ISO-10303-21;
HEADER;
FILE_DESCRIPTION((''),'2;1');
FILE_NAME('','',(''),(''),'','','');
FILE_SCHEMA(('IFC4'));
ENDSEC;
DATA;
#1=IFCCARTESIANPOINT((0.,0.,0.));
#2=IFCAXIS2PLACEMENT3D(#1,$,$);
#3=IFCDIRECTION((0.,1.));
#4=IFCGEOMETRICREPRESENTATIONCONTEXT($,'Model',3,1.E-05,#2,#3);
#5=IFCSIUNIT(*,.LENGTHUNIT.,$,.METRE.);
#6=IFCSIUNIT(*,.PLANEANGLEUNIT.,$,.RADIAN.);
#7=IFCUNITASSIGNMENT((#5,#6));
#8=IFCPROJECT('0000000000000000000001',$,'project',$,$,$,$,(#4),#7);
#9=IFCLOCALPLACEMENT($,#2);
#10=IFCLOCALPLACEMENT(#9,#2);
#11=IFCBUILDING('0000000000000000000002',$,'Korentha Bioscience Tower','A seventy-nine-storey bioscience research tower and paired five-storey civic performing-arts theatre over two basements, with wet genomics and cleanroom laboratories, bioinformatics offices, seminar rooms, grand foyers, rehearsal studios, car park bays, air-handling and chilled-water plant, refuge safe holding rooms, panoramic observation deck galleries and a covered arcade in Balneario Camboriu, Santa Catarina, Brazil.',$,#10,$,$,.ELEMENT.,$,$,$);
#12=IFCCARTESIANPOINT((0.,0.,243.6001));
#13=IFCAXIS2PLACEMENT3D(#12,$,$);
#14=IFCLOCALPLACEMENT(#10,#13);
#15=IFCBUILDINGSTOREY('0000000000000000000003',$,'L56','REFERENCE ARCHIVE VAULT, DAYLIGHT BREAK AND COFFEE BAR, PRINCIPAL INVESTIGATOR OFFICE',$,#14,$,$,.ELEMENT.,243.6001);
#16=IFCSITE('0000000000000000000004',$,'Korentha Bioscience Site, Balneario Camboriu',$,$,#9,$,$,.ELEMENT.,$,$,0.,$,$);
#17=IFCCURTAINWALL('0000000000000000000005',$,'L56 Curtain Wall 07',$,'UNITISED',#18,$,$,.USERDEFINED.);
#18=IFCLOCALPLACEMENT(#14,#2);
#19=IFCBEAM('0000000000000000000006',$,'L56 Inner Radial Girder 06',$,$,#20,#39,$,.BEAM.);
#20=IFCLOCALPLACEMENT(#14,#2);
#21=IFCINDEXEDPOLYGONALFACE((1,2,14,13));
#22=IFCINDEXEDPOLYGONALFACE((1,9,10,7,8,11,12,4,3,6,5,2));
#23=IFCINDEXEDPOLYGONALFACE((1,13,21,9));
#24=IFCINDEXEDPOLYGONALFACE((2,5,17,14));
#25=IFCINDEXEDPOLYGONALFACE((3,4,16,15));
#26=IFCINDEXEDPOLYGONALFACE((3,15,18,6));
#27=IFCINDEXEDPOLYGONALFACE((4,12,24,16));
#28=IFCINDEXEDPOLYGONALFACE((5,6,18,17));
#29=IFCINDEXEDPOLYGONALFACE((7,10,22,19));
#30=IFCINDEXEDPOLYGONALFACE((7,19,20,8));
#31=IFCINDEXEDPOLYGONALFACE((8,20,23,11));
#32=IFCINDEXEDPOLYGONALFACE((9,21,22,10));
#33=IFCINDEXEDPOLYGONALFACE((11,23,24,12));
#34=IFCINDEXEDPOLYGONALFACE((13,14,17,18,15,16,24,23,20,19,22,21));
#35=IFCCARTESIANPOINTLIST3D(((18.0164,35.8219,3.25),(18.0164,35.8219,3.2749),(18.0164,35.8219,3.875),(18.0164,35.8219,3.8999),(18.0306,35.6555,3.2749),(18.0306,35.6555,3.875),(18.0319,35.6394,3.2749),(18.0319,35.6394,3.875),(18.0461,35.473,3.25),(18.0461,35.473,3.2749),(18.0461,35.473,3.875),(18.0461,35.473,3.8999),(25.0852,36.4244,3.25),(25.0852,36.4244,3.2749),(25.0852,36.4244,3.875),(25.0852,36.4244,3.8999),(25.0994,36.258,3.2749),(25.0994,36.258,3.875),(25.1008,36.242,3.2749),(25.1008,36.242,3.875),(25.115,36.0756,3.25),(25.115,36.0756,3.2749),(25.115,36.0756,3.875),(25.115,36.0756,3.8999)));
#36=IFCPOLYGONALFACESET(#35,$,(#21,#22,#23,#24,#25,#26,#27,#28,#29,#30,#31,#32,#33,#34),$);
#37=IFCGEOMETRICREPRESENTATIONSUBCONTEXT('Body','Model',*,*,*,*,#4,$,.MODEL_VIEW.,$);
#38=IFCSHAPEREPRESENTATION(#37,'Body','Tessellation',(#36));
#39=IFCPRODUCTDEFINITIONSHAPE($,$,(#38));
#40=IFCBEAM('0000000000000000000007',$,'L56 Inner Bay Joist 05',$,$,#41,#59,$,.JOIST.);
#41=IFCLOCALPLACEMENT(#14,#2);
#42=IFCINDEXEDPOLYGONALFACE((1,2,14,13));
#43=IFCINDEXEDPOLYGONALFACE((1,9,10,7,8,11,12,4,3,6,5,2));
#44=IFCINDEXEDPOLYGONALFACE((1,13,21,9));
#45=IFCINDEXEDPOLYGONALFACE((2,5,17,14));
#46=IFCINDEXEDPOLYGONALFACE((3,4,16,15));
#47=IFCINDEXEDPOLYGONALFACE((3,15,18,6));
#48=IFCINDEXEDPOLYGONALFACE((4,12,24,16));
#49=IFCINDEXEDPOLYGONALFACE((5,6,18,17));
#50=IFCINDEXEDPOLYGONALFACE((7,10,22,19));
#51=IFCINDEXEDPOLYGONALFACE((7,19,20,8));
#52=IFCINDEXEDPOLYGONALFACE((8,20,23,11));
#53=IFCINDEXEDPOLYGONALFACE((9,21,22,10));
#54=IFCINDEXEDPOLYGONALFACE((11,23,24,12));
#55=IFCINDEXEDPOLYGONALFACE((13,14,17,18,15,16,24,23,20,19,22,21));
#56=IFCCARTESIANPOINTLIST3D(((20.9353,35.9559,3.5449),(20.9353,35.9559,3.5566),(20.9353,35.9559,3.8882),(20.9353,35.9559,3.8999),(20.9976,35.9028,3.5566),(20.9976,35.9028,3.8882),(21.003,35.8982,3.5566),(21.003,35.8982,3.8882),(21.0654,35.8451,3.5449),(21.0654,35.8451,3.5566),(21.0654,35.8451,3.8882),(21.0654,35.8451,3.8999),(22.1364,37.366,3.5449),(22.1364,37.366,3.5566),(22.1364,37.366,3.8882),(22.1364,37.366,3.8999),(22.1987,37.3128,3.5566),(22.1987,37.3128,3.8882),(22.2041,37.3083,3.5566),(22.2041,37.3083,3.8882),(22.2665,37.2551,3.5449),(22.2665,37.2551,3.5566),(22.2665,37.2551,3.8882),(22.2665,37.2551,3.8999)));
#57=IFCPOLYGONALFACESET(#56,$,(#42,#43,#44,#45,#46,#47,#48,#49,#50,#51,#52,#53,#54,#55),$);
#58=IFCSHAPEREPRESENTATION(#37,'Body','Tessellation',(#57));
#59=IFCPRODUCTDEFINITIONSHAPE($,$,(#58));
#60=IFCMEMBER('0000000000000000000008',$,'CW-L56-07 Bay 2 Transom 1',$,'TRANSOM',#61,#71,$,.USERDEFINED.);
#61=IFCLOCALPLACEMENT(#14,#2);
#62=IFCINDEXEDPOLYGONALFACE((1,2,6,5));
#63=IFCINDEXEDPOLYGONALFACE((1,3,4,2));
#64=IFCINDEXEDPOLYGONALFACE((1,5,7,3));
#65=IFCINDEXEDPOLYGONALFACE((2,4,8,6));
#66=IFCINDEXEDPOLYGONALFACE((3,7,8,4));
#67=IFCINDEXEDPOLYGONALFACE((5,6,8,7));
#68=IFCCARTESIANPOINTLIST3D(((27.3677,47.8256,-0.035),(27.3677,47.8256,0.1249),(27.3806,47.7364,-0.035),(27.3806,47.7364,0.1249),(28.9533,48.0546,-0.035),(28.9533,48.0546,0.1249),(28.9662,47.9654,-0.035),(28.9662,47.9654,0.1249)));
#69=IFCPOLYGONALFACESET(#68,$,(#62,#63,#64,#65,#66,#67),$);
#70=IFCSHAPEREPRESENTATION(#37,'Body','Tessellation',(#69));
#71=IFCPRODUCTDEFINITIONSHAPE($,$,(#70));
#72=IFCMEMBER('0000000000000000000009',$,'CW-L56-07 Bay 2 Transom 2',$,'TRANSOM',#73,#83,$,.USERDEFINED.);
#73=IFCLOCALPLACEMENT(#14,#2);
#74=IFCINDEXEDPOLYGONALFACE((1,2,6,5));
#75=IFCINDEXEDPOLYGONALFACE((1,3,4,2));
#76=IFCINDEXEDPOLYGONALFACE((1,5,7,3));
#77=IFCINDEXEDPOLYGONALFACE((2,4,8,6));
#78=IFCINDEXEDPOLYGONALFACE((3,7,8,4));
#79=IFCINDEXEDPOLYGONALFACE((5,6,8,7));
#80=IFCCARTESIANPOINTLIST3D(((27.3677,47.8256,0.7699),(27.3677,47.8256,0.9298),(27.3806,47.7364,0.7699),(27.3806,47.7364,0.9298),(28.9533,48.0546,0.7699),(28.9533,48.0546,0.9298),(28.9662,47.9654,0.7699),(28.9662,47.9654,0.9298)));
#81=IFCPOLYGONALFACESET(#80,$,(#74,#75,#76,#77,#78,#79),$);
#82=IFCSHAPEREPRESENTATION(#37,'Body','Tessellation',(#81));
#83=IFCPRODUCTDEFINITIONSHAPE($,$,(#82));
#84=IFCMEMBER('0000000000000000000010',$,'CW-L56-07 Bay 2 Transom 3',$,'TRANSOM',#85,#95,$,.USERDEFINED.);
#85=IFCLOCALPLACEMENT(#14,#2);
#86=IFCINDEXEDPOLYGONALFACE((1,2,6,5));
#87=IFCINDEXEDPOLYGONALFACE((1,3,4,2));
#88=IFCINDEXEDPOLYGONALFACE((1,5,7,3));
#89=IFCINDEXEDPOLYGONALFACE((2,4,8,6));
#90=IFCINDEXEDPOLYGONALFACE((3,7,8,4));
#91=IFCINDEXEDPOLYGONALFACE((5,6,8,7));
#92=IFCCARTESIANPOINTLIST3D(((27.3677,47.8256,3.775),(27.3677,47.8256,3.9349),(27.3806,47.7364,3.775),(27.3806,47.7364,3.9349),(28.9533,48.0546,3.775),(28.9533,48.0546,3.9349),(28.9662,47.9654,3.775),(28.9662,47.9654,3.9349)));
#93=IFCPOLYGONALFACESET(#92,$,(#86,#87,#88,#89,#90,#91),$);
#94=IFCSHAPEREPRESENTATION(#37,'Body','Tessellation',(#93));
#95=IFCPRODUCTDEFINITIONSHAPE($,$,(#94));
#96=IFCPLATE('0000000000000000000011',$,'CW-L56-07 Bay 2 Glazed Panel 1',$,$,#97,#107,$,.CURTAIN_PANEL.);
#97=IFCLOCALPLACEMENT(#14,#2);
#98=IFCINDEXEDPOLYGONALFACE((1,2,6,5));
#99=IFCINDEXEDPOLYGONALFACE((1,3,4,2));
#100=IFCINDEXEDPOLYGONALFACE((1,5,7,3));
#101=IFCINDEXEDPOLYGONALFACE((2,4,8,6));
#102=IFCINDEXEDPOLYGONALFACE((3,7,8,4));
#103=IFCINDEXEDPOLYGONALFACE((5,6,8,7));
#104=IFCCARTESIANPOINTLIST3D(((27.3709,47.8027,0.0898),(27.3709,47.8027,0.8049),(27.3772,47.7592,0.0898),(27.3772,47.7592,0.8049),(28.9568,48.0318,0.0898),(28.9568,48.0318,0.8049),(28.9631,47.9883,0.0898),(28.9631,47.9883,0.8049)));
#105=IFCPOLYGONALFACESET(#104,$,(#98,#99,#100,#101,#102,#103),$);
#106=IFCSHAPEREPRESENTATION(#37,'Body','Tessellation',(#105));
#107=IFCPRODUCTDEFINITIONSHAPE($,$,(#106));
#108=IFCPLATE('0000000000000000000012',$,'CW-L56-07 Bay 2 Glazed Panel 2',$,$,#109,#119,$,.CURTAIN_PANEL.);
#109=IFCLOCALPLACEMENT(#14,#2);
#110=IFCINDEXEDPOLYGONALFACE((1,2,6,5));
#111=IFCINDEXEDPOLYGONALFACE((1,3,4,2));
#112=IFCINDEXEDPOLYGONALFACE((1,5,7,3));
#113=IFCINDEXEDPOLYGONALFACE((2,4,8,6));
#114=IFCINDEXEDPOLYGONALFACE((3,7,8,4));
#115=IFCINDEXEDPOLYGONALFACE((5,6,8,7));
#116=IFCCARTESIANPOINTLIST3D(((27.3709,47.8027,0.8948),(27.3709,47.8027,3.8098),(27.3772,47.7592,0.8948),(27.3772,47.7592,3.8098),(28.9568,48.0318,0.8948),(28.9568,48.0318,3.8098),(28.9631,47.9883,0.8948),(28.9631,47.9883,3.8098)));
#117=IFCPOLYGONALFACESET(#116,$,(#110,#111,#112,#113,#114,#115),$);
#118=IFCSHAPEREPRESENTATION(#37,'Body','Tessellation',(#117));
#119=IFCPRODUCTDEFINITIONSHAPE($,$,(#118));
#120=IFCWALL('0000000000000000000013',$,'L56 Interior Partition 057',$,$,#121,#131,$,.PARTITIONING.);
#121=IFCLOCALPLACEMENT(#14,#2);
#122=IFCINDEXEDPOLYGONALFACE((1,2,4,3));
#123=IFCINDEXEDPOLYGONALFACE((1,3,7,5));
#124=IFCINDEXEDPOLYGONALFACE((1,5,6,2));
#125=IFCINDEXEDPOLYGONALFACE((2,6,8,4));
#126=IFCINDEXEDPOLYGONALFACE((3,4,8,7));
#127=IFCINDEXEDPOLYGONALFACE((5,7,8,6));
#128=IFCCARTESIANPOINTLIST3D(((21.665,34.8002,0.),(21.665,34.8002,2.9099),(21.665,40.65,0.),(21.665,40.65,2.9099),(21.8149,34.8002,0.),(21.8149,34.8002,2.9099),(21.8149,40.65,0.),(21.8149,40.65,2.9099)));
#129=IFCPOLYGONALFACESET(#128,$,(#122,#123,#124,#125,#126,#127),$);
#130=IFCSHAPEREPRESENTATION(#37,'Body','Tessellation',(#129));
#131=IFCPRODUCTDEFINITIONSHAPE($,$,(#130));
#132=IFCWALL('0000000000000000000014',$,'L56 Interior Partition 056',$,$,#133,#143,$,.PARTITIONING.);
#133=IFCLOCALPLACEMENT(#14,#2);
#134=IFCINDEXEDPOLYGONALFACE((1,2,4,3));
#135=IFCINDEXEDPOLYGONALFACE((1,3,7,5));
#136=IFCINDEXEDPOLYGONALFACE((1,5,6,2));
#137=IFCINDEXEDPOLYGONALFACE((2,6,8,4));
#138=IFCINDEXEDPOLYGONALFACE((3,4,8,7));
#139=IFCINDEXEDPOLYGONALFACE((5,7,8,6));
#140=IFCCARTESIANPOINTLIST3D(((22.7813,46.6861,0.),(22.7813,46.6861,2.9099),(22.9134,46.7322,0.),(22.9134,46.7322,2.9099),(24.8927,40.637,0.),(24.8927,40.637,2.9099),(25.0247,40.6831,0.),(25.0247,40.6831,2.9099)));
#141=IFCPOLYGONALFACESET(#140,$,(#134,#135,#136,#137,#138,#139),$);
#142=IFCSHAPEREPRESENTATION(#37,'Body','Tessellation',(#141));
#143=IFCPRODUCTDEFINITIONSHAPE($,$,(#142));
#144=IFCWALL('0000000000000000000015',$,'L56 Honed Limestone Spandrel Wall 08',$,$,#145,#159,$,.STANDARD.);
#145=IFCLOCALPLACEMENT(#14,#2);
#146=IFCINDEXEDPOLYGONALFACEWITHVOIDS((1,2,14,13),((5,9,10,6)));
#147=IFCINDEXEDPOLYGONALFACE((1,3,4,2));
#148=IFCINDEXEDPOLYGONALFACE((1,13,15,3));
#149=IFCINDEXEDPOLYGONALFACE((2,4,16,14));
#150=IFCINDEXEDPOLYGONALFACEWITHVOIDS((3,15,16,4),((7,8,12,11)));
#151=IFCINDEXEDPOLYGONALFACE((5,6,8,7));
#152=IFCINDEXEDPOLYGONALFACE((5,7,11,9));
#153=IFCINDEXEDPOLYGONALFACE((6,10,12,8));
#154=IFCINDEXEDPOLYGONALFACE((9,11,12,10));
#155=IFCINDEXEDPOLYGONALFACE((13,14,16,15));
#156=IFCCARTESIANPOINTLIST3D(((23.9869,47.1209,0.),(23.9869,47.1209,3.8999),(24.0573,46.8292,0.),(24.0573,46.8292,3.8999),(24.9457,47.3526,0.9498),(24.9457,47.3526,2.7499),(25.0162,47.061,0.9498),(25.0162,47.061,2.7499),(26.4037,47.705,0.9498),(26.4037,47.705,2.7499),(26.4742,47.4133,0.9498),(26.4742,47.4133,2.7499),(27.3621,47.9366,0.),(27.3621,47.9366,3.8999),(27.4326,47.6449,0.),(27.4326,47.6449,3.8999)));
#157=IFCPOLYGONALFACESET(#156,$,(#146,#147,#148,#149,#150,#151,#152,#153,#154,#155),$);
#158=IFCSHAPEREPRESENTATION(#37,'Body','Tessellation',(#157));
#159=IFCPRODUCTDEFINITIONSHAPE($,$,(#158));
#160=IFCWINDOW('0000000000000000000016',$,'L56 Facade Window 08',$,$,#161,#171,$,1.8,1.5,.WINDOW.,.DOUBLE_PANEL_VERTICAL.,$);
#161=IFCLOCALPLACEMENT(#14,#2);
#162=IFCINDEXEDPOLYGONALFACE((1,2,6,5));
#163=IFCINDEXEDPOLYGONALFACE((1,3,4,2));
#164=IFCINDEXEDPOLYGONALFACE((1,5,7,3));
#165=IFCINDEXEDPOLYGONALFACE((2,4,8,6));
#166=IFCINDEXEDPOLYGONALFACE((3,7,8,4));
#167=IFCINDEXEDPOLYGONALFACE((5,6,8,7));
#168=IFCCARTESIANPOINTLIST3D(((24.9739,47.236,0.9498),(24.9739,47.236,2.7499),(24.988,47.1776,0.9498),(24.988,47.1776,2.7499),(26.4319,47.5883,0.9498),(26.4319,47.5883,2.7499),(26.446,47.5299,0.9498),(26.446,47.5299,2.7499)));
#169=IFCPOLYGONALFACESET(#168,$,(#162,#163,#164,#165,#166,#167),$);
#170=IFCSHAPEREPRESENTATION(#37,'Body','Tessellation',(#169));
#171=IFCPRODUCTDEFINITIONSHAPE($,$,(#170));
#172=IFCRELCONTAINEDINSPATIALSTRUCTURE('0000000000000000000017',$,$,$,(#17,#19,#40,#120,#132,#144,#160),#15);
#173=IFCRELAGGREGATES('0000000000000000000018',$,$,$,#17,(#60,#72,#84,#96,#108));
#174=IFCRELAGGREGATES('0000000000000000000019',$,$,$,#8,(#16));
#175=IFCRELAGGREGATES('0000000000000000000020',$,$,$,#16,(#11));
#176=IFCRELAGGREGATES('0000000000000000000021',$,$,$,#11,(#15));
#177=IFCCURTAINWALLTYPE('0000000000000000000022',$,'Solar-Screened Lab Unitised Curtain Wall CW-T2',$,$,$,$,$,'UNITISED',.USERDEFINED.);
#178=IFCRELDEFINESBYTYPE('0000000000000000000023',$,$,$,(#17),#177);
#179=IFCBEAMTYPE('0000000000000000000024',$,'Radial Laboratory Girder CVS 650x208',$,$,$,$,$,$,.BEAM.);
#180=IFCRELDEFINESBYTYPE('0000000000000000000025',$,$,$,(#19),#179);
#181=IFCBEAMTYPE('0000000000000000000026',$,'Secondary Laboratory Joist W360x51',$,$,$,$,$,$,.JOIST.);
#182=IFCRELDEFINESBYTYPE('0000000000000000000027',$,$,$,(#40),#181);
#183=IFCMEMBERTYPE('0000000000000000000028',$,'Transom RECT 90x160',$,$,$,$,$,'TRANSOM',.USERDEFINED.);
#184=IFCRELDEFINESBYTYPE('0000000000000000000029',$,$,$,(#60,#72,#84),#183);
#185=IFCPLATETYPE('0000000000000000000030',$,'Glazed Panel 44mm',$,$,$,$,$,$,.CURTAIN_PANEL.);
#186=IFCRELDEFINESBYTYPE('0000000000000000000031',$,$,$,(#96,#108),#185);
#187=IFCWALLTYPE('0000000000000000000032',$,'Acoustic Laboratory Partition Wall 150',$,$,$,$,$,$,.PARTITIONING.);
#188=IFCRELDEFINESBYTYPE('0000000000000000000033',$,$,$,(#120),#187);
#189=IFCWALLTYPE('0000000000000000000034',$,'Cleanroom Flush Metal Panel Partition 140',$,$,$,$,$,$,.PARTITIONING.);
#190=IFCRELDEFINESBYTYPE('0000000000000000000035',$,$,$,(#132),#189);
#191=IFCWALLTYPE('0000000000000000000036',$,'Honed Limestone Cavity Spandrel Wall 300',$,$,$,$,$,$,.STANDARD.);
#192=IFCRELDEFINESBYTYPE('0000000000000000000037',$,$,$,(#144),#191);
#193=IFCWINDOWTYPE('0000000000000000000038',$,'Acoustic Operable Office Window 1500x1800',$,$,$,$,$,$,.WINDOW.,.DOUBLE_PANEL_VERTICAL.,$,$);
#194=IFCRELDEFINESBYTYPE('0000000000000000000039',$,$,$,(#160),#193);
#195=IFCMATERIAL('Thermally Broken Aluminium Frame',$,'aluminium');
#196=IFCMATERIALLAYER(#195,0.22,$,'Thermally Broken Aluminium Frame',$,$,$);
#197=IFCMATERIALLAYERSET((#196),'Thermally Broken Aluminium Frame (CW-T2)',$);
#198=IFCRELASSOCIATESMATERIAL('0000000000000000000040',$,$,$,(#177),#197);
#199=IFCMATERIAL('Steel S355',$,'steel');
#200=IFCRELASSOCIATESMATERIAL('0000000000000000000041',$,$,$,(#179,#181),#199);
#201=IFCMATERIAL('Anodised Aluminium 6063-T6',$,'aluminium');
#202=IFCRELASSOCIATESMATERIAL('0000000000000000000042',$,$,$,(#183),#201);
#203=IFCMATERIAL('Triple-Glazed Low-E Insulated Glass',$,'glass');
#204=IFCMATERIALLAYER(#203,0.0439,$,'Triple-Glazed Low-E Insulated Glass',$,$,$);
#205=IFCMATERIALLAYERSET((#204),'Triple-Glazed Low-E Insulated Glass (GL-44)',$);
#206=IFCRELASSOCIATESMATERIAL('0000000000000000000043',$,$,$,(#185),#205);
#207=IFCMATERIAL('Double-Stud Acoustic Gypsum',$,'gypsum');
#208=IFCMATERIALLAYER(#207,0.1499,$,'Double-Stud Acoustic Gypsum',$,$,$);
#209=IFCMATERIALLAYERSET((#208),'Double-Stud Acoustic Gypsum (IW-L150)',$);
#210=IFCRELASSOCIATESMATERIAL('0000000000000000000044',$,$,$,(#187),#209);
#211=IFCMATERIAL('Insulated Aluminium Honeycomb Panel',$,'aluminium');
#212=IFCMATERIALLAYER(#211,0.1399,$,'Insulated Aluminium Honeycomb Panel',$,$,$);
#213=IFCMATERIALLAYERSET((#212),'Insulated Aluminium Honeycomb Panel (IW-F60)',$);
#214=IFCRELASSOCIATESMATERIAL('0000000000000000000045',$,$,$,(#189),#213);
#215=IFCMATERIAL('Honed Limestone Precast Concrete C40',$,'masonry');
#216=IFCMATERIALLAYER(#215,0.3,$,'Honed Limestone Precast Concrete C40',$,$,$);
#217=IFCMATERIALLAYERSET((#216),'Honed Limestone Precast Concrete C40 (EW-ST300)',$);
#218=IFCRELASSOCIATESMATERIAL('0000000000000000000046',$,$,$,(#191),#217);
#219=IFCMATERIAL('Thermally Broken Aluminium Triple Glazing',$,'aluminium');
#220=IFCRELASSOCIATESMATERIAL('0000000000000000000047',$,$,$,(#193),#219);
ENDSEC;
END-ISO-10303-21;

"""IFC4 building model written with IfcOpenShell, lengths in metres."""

from ifc_helpers import new_model, si_unit, direction, frame, frame_2d, origin, origin_2d, place, context, subcontext, project, spatial, rectangle, i_section, extrude, material, layer, layer_set, material_profile, profile_set, type_object, element, fill, aggregate, save


model = new_model("IFC4")

# Units and contexts
model_context = context("Model", 3, precision=1e-05, world=origin(), true_north=direction((0.0, 1.0)))
body_context = subcontext(model_context, "Body", "Model", "MODEL_VIEW")
ifc_project = project(units=[si_unit("LENGTHUNIT", "METRE"), si_unit("PLANEANGLEUNIT", "RADIAN")], contexts=[model_context])

# Site, building, storey
site_placement = place(None, origin())
site = spatial("IfcSite", under=ifc_project, at=site_placement, Name="Korentha Bioscience Site, Balneario Camboriu", CompositionType="ELEMENT", RefElevation=0.0)
building_placement = place(site_placement, origin())
building = spatial("IfcBuilding", under=site, at=building_placement, Name="Korentha Bioscience Tower", Description="A seventy-nine-storey bioscience research tower and paired five-storey civic performing-arts theatre over two basements, with wet genomics and cleanroom laboratories, bioinformatics offices, seminar rooms, grand foyers, rehearsal studios, car park bays, air-handling and chilled-water plant, refuge safe holding rooms, panoramic observation deck galleries and a covered arcade in Balneario Camboriu, Santa Catarina, Brazil.", CompositionType="ELEMENT")
storey_placement = place(building_placement, frame((0.0, 0.0, 243.6001)))
storey = spatial("IfcBuildingStorey", under=building, at=storey_placement, Name="L56", Description="REFERENCE ARCHIVE VAULT, DAYLIGHT BREAK AND COFFEE BAR, PRINCIPAL INVESTIGATOR OFFICE", CompositionType="ELEMENT", Elevation=243.6001)

# Shared definitions
ifc_material_1 = material(Name="Steel S355", Category="steel")

# Curtain wall
ifc_material_2 = material(Name="Thermally Broken Aluminium Frame", Category="aluminium")
ifc_layer_1 = layer(ifc_material_2, 0.22, Name="Thermally Broken Aluminium Frame")
ifc_layer_set_1 = layer_set([ifc_layer_1], Name="Thermally Broken Aluminium Frame (CW-T2)")
curtain_wall_type = type_object("IfcCurtainWallType", Name="Solar-Screened Lab Unitised Curtain Wall CW-T2", ElementType="UNITISED", PredefinedType="USERDEFINED", material=ifc_layer_set_1)
curtain_wall_placement = place(storey_placement, origin())
curtain_wall = element("IfcCurtainWall", 1, at=curtain_wall_placement, inside=storey, type_object=curtain_wall_type, Name="L56 Curtain Wall 07", ObjectType="UNITISED", PredefinedType="USERDEFINED")
ifc_material_3 = material(Name="Anodised Aluminium 6063-T6", Category="aluminium")

# Beams
ifc_material_profile_1 = material_profile(ifc_material_1, i_section(OverallWidth=0.3501, OverallDepth=0.6499, WebThickness=0.0161, FlangeThickness=0.0249, at=origin_2d()), Name="Steel S355")
ifc_profile_set_1 = profile_set([ifc_material_profile_1], Name="Steel S355 (RB-650)")
beam_type_1 = type_object("IfcBeamType", Name="Radial Laboratory Girder CVS 650x208", PredefinedType="BEAM", material=ifc_profile_set_1)
beam_1_placement = place(storey_placement, frame((25.1001, 36.25, 3.575), z_axis=(-0.996387, -0.084931, 0.0), x_axis=(0.084931, -0.996387, 0.0)))
element("IfcBeam", 2, at=beam_1_placement, inside=storey, type_object=beam_type_1, Name="L56 Inner Radial Girder 06", PredefinedType="BEAM", context=body_context, shape_type="SweptSolid", body=[
    extrude(i_section(OverallWidth=0.3501, OverallDepth=0.6499, WebThickness=0.0161, FlangeThickness=0.0249, at=origin_2d()), origin(), (0.0, 0.0, 1.0), 7.0945),
])
ifc_material_profile_2 = material_profile(ifc_material_1, i_section(OverallWidth=0.1709, OverallDepth=0.355, WebThickness=0.0071, FlangeThickness=0.0117, at=origin_2d()), Name="Steel S355")
ifc_profile_set_2 = profile_set([ifc_material_profile_2], Name="Steel S355 (JB-360)")
beam_type_2 = type_object("IfcBeamType", Name="Secondary Laboratory Joist W360x51", PredefinedType="JOIST", material=ifc_profile_set_2)
beam_2_placement = place(storey_placement, frame((22.2014, 37.3105, 3.7224), z_axis=(-0.648444, -0.761263, 0.0), x_axis=(0.761263, -0.648444, 0.0)))
element("IfcBeam", 3, at=beam_2_placement, inside=storey, type_object=beam_type_2, Name="L56 Inner Bay Joist 05", PredefinedType="JOIST", context=body_context, shape_type="SweptSolid", body=[
    extrude(i_section(OverallWidth=0.1709, OverallDepth=0.355, WebThickness=0.0071, FlangeThickness=0.0117, at=origin_2d()), origin(), (0.0, 0.0, 1.0), 1.8523),
])

# Members
ifc_material_profile_3 = material_profile(ifc_material_3, rectangle(XDim=0.0901, YDim=0.1599, at=origin_2d()), Name="Anodised Aluminium 6063-T6")
ifc_profile_set_3 = profile_set([ifc_material_profile_3], Name="Anodised Aluminium 6063-T6 (CW-TRN)")
member_type_1 = type_object("IfcMemberType", Name="Transom RECT 90x160", ElementType="TRANSOM", PredefinedType="USERDEFINED", material=ifc_profile_set_3)
member_1_placement = place(storey_placement, frame((28.9597, 48.01, 0.0449), z_axis=(-0.989732, -0.142936, 0.0), x_axis=(0.142936, -0.989732, 0.0)))
member_1 = element("IfcMember", 4, at=member_1_placement, type_object=member_type_1, Name="CW-L56-07 Bay 2 Transom 1", ObjectType="TRANSOM", PredefinedType="USERDEFINED", context=body_context, shape_type="SweptSolid", body=[
    extrude(rectangle(XDim=0.0901, YDim=0.1599, at=origin_2d()), origin(), (0.0, 0.0, 1.0), 1.6021),
])
member_2_placement = place(storey_placement, frame((28.9597, 48.01, 0.8499), z_axis=(-0.989732, -0.142936, 0.0), x_axis=(0.142936, -0.989732, 0.0)))
member_2 = element("IfcMember", 5, at=member_2_placement, type_object=member_type_1, Name="CW-L56-07 Bay 2 Transom 2", ObjectType="TRANSOM", PredefinedType="USERDEFINED", context=body_context, shape_type="SweptSolid", body=[
    extrude(rectangle(XDim=0.0901, YDim=0.1599, at=origin_2d()), origin(), (0.0, 0.0, 1.0), 1.6021),
])
member_3_placement = place(storey_placement, frame((28.9597, 48.01, 3.855), z_axis=(-0.989732, -0.142936, 0.0), x_axis=(0.142936, -0.989732, 0.0)))
member_3 = element("IfcMember", 6, at=member_3_placement, type_object=member_type_1, Name="CW-L56-07 Bay 2 Transom 3", ObjectType="TRANSOM", PredefinedType="USERDEFINED", context=body_context, shape_type="SweptSolid", body=[
    extrude(rectangle(XDim=0.0901, YDim=0.1599, at=origin_2d()), origin(), (0.0, 0.0, 1.0), 1.6021),
])

# Plates
ifc_material_4 = material(Name="Triple-Glazed Low-E Insulated Glass", Category="glass")
ifc_layer_2 = layer(ifc_material_4, 0.0439, Name="Triple-Glazed Low-E Insulated Glass")
ifc_layer_set_2 = layer_set([ifc_layer_2], Name="Triple-Glazed Low-E Insulated Glass (GL-44)")
plate_type = type_object("IfcPlateType", Name="Glazed Panel 44mm", PredefinedType="CURTAIN_PANEL", material=ifc_layer_set_2)
plate_1_placement = place(storey_placement, frame((28.167, 47.8955, 0.0898), z_axis=(0.0, 0.0, 1.0), x_axis=(-0.989729, -0.142956, 0.0)))
plate_1 = element("IfcPlate", 7, at=plate_1_placement, type_object=plate_type, Name="CW-L56-07 Bay 2 Glazed Panel 1", PredefinedType="CURTAIN_PANEL", context=body_context, shape_type="SweptSolid", body=[
    extrude(rectangle(XDim=1.6023, YDim=0.0439, at=origin_2d()), origin(), (0.0, 0.0, 1.0), 0.7151),
])
plate_2_placement = place(storey_placement, frame((28.167, 47.8955, 0.8948), z_axis=(0.0, 0.0, 1.0), x_axis=(-0.989729, -0.142956, 0.0)))
plate_2 = element("IfcPlate", 8, at=plate_2_placement, type_object=plate_type, Name="CW-L56-07 Bay 2 Glazed Panel 2", PredefinedType="CURTAIN_PANEL", context=body_context, shape_type="SweptSolid", body=[
    extrude(rectangle(XDim=1.6023, YDim=0.0439, at=origin_2d()), origin(), (0.0, 0.0, 1.0), 2.915),
])
aggregate(curtain_wall, [member_1, member_2, member_3, plate_1, plate_2])

# Shared definitions
ifc_material_5 = material(Name="Double-Stud Acoustic Gypsum", Category="gypsum")
ifc_layer_3 = layer(ifc_material_5, 0.1499, Name="Double-Stud Acoustic Gypsum")
ifc_layer_set_3 = layer_set([ifc_layer_3], Name="Double-Stud Acoustic Gypsum (IW-L150)")
wall_type_1 = type_object("IfcWallType", Name="Acoustic Laboratory Partition Wall 150", PredefinedType="PARTITIONING", material=ifc_layer_set_3)

# Walls
wall_1_placement = place(storey_placement, frame((21.74, 40.6499, 0.0), z_axis=(0.0, 0.0, 1.0), x_axis=(0.0, -1.0, 0.0)))
element("IfcWall", 9, at=wall_1_placement, inside=storey, type_object=wall_type_1, Name="L56 Interior Partition 057", PredefinedType="PARTITIONING", context=body_context, shape_type="SweptSolid", body=[
    extrude(rectangle(XDim=5.8499, YDim=0.1499, at=frame_2d((2.9248, 0.0))), origin(), (0.0, 0.0, 1.0), 2.9099),
])
ifc_material_6 = material(Name="Insulated Aluminium Honeycomb Panel", Category="aluminium")
ifc_layer_4 = layer(ifc_material_6, 0.1399, Name="Insulated Aluminium Honeycomb Panel")
ifc_layer_set_4 = layer_set([ifc_layer_4], Name="Insulated Aluminium Honeycomb Panel (IW-F60)")
wall_type_2 = type_object("IfcWallType", Name="Cleanroom Flush Metal Panel Partition 140", PredefinedType="PARTITIONING", material=ifc_layer_set_4)
wall_2_placement = place(storey_placement, frame((24.9587, 40.6599, 0.0), z_axis=(0.0, 0.0, 1.0), x_axis=(-0.329537, 0.944143, 0.0)))
element("IfcWall", 10, at=wall_2_placement, inside=storey, type_object=wall_type_2, Name="L56 Interior Partition 056", PredefinedType="PARTITIONING", context=body_context, shape_type="SweptSolid", body=[
    extrude(rectangle(XDim=6.407, YDim=0.1399, at=frame_2d((3.2036, 0.0))), origin(), (0.0, 0.0, 1.0), 2.9099),
])

# Wall, opening, window
ifc_material_7 = material(Name="Honed Limestone Precast Concrete C40", Category="masonry")
ifc_layer_5 = layer(ifc_material_7, 0.3, Name="Honed Limestone Precast Concrete C40")
ifc_layer_set_5 = layer_set([ifc_layer_5], Name="Honed Limestone Precast Concrete C40 (EW-ST300)")
wall_type_3 = type_object("IfcWallType", Name="Honed Limestone Cavity Spandrel Wall 300", PredefinedType="STANDARD", material=ifc_layer_set_5)
wall_3_placement = place(storey_placement, frame((27.3975, 47.7908, 0.0), z_axis=(0.0, 0.0, 1.0), x_axis=(-0.972019, -0.234902, 0.0)))
wall_3 = element("IfcWall", 11, at=wall_3_placement, inside=storey, type_object=wall_type_3, Name="L56 Honed Limestone Spandrel Wall 08", PredefinedType="STANDARD", context=body_context, shape_type="SweptSolid", body=[
    extrude(rectangle(XDim=3.4724, YDim=0.3, at=frame_2d((1.7363, 0.0))), origin(), (0.0, 0.0, 1.0), 3.8999),
])
opening_1_placement = place(wall_3_placement, frame((0.9861, 0.0, 0.95)))
opening_1 = element("IfcOpeningElement", 12, at=opening_1_placement, cuts=wall_3, PredefinedType="OPENING", context=body_context, shape_type="SweptSolid", body=[
    extrude(rectangle(XDim=1.5, YDim=1.8, at=frame_2d((0.75, 0.8999))), frame((0.0, 0.165, 0.0), z_axis=(0.0, -1.0, 0.0), x_axis=(1.0, 0.0, 0.0)), (0.0, 0.0, 1.0), 0.3298),
])
ifc_material_8 = material(Name="Thermally Broken Aluminium Triple Glazing", Category="aluminium")
window_type = type_object("IfcWindowType", Name="Acoustic Operable Office Window 1500x1800", PartitioningType="DOUBLE_PANEL_VERTICAL", PredefinedType="WINDOW", material=ifc_material_8)
window_placement = place(opening_1_placement, origin())
window = element("IfcWindow", 13, at=window_placement, inside=storey, type_object=window_type, Name="L56 Facade Window 08", OverallHeight=1.8, OverallWidth=1.5, PartitioningType="DOUBLE_PANEL_VERTICAL", PredefinedType="WINDOW", context=body_context, shape_type="SweptSolid", body=[
    extrude(rectangle(XDim=1.5, YDim=1.8, at=frame_2d((0.75, 0.8999))), frame((0.0, 0.03, 0.0), z_axis=(0.0, -1.0, 0.0), x_axis=(1.0, 0.0, 0.0)), (0.0, 0.0, 1.0), 0.0601),
])
fill(opening_1, window)

save(model, "model.ifc")
